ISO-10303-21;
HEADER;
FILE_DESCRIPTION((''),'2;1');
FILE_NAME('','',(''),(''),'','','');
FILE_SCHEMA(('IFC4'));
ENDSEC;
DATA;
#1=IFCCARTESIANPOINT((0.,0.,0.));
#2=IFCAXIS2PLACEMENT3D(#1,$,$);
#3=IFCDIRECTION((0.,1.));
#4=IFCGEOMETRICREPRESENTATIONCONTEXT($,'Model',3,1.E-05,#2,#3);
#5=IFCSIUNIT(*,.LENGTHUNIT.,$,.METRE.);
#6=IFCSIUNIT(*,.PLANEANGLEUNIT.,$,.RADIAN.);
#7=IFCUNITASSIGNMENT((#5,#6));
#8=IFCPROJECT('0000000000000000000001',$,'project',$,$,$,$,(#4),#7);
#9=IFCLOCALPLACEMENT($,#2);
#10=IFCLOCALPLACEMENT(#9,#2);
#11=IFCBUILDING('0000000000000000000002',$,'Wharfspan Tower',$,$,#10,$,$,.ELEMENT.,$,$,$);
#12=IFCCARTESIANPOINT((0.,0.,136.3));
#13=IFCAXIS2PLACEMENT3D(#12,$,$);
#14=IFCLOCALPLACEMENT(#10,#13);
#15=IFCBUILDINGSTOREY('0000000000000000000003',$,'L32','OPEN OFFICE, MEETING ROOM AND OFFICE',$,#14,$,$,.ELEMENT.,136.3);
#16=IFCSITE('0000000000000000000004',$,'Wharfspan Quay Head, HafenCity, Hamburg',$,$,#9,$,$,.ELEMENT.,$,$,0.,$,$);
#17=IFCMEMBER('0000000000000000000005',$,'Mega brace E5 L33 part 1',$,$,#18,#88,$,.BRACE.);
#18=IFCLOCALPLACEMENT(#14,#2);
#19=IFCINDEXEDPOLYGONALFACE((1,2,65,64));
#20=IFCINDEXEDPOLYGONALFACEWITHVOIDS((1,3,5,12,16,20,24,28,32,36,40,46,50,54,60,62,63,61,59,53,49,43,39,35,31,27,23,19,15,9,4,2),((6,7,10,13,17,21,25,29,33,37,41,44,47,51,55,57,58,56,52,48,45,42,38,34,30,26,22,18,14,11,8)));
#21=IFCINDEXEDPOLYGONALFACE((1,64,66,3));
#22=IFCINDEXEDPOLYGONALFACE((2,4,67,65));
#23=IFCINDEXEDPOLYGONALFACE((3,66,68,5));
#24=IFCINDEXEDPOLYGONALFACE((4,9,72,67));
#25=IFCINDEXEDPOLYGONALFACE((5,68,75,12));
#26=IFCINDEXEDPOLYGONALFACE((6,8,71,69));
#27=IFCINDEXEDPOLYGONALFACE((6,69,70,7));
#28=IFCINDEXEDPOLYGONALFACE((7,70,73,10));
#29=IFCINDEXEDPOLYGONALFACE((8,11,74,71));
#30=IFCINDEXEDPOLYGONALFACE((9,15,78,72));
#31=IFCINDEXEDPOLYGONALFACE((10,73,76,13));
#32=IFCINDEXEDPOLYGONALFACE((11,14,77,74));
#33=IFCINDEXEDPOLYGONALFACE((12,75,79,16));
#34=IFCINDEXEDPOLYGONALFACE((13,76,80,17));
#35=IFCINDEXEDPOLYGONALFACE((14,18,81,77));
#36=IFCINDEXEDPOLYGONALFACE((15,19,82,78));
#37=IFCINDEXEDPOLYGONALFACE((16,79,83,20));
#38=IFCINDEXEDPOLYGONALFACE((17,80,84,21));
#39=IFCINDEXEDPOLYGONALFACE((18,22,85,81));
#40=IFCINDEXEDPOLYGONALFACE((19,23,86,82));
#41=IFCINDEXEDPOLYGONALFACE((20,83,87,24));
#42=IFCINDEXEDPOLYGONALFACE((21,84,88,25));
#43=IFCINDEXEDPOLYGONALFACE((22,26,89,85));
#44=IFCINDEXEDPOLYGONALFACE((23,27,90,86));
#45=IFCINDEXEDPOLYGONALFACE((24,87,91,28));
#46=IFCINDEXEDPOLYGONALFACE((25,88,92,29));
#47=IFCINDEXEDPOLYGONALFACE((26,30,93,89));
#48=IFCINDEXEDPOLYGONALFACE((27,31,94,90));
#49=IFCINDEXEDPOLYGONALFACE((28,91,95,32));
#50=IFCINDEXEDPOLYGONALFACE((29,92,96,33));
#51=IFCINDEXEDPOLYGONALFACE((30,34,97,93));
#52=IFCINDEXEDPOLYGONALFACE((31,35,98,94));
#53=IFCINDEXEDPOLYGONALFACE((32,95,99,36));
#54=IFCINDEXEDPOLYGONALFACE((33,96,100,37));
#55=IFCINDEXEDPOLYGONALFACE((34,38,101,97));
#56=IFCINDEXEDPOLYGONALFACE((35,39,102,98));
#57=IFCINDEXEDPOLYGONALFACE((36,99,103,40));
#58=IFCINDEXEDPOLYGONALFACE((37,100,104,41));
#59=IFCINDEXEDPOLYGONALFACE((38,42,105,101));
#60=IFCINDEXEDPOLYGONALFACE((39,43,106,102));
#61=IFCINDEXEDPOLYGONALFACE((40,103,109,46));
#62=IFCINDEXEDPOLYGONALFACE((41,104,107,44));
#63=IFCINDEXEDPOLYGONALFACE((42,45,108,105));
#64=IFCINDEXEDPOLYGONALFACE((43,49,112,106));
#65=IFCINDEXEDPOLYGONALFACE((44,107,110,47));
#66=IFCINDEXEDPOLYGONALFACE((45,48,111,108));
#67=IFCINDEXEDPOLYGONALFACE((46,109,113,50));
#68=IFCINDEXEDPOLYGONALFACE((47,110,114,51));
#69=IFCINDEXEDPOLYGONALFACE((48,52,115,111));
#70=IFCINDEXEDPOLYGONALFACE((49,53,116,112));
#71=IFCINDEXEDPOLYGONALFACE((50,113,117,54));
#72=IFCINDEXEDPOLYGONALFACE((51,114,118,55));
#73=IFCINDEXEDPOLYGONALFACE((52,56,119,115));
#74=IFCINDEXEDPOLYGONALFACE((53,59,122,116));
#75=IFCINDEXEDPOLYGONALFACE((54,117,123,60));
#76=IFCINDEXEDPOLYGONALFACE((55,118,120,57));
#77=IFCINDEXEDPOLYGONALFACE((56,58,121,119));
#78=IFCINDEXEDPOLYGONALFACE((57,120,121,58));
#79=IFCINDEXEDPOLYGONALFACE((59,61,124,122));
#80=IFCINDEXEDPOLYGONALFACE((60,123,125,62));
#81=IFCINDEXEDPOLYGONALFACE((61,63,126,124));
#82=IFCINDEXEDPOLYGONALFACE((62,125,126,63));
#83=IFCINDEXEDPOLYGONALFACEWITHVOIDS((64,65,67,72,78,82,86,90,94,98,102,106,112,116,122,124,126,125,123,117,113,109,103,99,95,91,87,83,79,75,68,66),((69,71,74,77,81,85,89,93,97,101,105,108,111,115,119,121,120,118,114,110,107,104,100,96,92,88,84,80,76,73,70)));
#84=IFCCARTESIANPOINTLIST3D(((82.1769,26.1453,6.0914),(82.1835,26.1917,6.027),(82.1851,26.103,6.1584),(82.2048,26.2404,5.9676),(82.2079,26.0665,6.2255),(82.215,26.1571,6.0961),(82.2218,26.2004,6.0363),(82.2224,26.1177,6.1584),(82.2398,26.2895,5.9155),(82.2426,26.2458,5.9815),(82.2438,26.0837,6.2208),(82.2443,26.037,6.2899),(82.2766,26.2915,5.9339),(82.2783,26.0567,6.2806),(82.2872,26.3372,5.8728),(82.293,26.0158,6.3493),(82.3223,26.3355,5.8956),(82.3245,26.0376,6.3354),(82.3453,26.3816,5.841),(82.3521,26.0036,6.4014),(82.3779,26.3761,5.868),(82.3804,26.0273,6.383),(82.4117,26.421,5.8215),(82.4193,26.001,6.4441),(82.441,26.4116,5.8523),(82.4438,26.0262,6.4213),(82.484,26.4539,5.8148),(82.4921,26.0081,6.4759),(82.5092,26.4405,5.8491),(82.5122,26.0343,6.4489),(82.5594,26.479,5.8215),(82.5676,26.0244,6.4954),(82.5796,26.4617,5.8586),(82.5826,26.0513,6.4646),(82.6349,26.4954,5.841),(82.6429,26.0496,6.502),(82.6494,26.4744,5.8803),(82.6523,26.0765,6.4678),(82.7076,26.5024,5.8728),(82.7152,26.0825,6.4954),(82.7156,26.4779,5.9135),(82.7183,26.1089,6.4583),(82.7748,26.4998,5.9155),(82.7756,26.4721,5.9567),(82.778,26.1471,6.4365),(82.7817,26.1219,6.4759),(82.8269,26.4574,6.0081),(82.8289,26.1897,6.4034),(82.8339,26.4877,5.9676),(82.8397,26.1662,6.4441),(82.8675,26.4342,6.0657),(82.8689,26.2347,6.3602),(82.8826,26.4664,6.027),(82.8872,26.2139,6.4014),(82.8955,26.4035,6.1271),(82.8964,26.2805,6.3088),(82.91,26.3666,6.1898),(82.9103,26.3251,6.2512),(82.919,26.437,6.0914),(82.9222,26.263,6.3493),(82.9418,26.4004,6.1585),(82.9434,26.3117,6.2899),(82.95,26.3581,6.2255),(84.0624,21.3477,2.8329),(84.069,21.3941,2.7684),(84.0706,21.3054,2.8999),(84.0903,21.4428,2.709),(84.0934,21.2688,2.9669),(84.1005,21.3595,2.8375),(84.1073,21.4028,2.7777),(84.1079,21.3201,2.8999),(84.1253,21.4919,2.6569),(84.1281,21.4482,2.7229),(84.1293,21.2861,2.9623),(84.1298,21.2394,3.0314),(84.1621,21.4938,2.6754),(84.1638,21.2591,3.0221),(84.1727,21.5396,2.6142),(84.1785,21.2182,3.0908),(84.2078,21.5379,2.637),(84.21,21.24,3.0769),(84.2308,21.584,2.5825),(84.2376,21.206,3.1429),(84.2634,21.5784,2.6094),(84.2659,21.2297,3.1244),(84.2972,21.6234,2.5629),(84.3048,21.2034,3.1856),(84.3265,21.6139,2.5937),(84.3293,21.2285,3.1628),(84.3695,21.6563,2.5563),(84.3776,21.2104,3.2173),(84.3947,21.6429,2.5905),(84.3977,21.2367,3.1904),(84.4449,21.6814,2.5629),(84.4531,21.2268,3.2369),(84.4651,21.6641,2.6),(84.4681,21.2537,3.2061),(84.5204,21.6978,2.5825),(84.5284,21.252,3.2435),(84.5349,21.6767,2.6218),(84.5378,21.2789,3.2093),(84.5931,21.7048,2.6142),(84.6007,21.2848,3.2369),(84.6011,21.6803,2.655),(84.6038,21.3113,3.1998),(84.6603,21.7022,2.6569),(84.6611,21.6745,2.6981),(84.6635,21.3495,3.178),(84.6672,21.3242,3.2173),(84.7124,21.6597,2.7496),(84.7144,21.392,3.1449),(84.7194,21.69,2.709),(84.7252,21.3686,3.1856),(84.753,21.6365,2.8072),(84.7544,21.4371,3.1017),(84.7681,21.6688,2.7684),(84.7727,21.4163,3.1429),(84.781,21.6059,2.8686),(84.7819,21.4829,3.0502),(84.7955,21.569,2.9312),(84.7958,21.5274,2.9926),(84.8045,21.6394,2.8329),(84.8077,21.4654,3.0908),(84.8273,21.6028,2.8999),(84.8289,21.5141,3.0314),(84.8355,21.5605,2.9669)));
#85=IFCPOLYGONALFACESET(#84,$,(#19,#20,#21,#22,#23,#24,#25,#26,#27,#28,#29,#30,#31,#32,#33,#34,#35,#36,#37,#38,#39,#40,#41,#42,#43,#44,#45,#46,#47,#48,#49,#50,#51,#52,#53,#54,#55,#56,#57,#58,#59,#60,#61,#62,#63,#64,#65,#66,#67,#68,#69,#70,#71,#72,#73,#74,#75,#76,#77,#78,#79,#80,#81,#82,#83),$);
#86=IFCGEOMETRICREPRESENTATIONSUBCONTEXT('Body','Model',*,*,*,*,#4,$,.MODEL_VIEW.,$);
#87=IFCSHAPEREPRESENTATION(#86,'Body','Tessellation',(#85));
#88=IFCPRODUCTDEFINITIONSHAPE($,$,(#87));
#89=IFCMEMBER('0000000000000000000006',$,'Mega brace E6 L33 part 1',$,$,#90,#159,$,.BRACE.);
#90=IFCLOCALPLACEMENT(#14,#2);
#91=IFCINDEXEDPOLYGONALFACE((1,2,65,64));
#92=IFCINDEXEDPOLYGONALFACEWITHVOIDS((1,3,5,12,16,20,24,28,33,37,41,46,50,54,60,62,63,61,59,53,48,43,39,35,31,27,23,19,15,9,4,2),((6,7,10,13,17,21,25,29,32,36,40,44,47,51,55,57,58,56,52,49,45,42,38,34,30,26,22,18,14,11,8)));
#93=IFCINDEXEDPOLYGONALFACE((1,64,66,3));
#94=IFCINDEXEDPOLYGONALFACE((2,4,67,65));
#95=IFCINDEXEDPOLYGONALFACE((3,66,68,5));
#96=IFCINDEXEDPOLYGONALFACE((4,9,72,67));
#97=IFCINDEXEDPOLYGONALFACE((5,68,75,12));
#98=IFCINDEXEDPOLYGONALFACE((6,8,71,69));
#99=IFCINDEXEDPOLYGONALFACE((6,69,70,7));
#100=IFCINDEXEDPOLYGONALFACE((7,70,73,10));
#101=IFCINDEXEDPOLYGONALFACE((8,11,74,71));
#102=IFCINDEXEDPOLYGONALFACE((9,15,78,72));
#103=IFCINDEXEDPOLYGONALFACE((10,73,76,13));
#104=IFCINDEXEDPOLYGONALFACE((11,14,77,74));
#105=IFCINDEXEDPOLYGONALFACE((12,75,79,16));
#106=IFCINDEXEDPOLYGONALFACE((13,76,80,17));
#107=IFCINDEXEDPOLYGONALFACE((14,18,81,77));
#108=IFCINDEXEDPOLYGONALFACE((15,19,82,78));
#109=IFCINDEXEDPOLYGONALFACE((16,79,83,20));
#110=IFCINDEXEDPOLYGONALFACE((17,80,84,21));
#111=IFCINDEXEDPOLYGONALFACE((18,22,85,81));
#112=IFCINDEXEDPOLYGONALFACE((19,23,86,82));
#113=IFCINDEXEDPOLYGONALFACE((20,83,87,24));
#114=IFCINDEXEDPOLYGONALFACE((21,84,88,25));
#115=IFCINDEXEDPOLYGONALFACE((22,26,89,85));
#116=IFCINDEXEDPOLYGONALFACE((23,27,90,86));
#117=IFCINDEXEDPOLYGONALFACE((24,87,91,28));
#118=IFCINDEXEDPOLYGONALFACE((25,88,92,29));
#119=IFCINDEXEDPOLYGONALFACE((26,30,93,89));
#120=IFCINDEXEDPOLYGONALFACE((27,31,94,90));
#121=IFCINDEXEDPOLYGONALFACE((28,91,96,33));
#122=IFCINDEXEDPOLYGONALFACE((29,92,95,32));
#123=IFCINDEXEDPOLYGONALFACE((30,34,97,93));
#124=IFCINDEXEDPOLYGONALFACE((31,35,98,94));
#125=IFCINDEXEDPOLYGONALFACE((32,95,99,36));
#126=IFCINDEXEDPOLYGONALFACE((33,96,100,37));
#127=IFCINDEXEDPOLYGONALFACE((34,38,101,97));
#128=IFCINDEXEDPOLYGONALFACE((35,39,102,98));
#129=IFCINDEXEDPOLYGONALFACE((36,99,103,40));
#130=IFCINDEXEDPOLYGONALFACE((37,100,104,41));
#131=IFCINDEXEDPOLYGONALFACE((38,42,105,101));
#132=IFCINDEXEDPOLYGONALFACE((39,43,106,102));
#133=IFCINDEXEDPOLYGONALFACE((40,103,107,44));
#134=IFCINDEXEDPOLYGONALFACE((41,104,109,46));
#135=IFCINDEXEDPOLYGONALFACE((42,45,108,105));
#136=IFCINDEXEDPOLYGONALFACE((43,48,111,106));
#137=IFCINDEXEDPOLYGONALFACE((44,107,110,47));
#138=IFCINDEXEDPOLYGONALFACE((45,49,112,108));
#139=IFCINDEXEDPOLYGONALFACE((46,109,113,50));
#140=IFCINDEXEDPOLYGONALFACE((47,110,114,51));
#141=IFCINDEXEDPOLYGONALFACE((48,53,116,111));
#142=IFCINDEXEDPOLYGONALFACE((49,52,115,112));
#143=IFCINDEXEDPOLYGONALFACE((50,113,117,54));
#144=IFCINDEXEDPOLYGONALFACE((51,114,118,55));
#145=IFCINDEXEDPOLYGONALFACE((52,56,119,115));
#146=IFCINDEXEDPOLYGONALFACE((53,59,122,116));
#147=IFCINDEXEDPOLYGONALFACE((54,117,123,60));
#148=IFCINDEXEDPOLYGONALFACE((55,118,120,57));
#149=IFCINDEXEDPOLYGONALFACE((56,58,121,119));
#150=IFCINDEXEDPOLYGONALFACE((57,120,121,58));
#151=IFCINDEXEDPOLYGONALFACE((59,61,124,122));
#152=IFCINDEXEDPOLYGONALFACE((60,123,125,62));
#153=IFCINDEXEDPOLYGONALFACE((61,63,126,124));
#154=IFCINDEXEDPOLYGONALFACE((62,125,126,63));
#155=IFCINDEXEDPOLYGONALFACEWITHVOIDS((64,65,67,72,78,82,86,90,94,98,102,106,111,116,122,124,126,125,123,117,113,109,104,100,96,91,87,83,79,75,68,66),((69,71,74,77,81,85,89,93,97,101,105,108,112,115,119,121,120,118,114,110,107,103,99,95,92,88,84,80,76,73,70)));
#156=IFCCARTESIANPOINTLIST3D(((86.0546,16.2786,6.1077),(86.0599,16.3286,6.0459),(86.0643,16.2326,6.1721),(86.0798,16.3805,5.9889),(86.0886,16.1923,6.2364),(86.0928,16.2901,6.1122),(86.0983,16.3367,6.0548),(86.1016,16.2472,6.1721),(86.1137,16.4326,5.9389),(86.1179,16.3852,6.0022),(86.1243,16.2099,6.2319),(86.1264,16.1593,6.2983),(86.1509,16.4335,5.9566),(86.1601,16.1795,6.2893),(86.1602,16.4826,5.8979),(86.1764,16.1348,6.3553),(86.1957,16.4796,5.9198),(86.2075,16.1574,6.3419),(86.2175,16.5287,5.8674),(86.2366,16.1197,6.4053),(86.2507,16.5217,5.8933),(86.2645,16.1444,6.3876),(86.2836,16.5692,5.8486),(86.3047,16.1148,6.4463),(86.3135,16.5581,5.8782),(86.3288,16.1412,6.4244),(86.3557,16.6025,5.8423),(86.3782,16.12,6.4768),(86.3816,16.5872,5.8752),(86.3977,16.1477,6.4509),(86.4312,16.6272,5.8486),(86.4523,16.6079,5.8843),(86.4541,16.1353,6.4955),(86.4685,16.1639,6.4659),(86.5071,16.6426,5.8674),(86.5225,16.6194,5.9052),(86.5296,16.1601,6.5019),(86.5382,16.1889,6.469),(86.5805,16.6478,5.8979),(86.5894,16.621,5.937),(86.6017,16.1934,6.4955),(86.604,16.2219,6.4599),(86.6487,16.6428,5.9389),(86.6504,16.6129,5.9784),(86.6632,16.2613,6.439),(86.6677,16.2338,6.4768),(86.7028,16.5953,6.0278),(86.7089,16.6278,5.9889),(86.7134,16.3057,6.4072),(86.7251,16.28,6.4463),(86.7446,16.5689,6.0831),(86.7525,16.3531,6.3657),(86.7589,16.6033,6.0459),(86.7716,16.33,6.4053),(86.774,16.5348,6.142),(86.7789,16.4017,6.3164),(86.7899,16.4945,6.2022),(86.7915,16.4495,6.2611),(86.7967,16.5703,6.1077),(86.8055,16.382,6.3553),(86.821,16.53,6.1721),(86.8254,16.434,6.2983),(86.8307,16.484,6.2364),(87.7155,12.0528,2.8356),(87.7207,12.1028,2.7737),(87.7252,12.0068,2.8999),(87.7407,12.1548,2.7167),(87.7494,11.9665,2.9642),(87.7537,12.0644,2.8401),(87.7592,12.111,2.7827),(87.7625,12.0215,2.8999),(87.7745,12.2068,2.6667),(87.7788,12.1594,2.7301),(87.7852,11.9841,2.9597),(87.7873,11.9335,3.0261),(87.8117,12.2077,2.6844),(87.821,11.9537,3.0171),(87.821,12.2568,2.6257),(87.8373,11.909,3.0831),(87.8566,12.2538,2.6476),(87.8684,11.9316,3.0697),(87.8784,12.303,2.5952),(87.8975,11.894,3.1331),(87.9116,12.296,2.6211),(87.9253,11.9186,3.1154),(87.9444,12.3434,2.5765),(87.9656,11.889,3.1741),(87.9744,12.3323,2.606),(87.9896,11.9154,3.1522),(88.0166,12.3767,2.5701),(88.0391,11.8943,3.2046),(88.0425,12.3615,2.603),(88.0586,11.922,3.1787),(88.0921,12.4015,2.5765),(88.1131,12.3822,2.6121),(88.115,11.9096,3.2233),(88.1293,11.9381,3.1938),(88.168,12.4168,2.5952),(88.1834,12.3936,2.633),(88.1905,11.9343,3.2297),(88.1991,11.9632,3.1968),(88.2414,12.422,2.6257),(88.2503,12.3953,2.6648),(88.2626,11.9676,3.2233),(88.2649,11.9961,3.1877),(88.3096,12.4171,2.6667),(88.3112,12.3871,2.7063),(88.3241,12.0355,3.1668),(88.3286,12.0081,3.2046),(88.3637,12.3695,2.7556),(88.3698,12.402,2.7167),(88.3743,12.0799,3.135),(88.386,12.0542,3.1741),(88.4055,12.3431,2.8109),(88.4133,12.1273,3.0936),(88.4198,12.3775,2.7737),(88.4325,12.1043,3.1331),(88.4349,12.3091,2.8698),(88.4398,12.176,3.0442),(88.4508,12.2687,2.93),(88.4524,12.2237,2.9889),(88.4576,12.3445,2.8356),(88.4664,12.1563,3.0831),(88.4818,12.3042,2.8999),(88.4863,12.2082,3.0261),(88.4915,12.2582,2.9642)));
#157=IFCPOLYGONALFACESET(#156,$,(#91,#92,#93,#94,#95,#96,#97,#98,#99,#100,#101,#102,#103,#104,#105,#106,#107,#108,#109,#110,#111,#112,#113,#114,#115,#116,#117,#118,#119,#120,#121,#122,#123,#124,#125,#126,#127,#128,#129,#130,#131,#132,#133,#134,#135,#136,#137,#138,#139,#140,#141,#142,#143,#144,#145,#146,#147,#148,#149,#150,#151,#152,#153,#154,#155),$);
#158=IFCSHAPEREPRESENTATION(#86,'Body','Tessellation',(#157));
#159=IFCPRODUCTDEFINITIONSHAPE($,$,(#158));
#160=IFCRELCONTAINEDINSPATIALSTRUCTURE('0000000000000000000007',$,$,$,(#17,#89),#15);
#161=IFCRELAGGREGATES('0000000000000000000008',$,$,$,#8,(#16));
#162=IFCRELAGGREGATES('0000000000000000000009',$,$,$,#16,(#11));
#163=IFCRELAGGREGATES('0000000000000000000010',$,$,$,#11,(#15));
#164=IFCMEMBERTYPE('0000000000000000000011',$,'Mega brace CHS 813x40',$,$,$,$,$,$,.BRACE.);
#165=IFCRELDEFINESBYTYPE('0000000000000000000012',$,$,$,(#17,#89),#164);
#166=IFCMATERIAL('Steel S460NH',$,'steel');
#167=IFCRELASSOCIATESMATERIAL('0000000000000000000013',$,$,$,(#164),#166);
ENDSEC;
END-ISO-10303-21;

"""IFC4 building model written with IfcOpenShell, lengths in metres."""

from ifc_helpers import new_model, si_unit, direction, frame, origin, origin_2d, place, context, subcontext, project, spatial, hollow_circle, extrude, material, material_profile, profile_set, type_object, element, save


model = new_model("IFC4")

# Units and contexts
model_context = context("Model", 3, precision=1e-05, world=origin(), true_north=direction((0.0, 1.0)))
body_context = subcontext(model_context, "Body", "Model", "MODEL_VIEW")
ifc_project = project(units=[si_unit("LENGTHUNIT", "METRE"), si_unit("PLANEANGLEUNIT", "RADIAN")], contexts=[model_context])

# Site, building, storey
site_placement = place(None, origin())
site = spatial("IfcSite", under=ifc_project, at=site_placement, Name="Wharfspan Quay Head, HafenCity, Hamburg", CompositionType="ELEMENT", RefElevation=0.0)
building_placement = place(site_placement, origin())
building = spatial("IfcBuilding", under=site, at=building_placement, Name="Wharfspan Tower", CompositionType="ELEMENT")
storey_placement = place(building_placement, frame((0.0, 0.0, 136.3)))
storey = spatial("IfcBuildingStorey", under=building, at=storey_placement, Name="L32", Description="OPEN OFFICE, MEETING ROOM AND OFFICE", CompositionType="ELEMENT", Elevation=136.3)

# Members
ifc_material_1 = material(Name="Steel S460NH", Category="steel")
ifc_material_profile_1 = material_profile(ifc_material_1, hollow_circle(Radius=0.4065, WallThickness=0.04, at=origin_2d()))
ifc_profile_set_1 = profile_set([ifc_material_profile_1], Name="Steel S460NH")
member_type_1 = type_object("IfcMemberType", Name="Mega brace CHS 813x40", PredefinedType="BRACE", material=ifc_profile_set_1)
member_1_placement = place(storey_placement, frame((84.449, 21.4541, 2.8999), z_axis=(-0.30918, 0.786702, 0.534329), x_axis=(-0.930701, -0.36577, -0.000004)))
element("IfcMember", 1, at=member_1_placement, inside=storey, type_object=member_type_1, Name="Mega brace E5 L33 part 1", PredefinedType="BRACE", context=body_context, shape_type="SweptSolid", body=[
    extrude(hollow_circle(Radius=0.4065, WallThickness=0.04, at=origin_2d()), origin(), (0.0, 0.0, 1.0), 6.0984),
])
member_2_placement = place(storey_placement, frame((88.1035, 12.1555, 2.8999), z_axis=(-0.29676, 0.755051, 0.584664), x_axis=(-0.930695, -0.365797, 0.000004)))
element("IfcMember", 2, at=member_2_placement, inside=storey, type_object=member_type_1, Name="Mega brace E6 L33 part 1", PredefinedType="BRACE", context=body_context, shape_type="SweptSolid", body=[
    extrude(hollow_circle(Radius=0.4065, WallThickness=0.04, at=origin_2d()), origin(), (0.0, 0.0, 1.0), 5.5967),
])

save(model, "model.ifc")
